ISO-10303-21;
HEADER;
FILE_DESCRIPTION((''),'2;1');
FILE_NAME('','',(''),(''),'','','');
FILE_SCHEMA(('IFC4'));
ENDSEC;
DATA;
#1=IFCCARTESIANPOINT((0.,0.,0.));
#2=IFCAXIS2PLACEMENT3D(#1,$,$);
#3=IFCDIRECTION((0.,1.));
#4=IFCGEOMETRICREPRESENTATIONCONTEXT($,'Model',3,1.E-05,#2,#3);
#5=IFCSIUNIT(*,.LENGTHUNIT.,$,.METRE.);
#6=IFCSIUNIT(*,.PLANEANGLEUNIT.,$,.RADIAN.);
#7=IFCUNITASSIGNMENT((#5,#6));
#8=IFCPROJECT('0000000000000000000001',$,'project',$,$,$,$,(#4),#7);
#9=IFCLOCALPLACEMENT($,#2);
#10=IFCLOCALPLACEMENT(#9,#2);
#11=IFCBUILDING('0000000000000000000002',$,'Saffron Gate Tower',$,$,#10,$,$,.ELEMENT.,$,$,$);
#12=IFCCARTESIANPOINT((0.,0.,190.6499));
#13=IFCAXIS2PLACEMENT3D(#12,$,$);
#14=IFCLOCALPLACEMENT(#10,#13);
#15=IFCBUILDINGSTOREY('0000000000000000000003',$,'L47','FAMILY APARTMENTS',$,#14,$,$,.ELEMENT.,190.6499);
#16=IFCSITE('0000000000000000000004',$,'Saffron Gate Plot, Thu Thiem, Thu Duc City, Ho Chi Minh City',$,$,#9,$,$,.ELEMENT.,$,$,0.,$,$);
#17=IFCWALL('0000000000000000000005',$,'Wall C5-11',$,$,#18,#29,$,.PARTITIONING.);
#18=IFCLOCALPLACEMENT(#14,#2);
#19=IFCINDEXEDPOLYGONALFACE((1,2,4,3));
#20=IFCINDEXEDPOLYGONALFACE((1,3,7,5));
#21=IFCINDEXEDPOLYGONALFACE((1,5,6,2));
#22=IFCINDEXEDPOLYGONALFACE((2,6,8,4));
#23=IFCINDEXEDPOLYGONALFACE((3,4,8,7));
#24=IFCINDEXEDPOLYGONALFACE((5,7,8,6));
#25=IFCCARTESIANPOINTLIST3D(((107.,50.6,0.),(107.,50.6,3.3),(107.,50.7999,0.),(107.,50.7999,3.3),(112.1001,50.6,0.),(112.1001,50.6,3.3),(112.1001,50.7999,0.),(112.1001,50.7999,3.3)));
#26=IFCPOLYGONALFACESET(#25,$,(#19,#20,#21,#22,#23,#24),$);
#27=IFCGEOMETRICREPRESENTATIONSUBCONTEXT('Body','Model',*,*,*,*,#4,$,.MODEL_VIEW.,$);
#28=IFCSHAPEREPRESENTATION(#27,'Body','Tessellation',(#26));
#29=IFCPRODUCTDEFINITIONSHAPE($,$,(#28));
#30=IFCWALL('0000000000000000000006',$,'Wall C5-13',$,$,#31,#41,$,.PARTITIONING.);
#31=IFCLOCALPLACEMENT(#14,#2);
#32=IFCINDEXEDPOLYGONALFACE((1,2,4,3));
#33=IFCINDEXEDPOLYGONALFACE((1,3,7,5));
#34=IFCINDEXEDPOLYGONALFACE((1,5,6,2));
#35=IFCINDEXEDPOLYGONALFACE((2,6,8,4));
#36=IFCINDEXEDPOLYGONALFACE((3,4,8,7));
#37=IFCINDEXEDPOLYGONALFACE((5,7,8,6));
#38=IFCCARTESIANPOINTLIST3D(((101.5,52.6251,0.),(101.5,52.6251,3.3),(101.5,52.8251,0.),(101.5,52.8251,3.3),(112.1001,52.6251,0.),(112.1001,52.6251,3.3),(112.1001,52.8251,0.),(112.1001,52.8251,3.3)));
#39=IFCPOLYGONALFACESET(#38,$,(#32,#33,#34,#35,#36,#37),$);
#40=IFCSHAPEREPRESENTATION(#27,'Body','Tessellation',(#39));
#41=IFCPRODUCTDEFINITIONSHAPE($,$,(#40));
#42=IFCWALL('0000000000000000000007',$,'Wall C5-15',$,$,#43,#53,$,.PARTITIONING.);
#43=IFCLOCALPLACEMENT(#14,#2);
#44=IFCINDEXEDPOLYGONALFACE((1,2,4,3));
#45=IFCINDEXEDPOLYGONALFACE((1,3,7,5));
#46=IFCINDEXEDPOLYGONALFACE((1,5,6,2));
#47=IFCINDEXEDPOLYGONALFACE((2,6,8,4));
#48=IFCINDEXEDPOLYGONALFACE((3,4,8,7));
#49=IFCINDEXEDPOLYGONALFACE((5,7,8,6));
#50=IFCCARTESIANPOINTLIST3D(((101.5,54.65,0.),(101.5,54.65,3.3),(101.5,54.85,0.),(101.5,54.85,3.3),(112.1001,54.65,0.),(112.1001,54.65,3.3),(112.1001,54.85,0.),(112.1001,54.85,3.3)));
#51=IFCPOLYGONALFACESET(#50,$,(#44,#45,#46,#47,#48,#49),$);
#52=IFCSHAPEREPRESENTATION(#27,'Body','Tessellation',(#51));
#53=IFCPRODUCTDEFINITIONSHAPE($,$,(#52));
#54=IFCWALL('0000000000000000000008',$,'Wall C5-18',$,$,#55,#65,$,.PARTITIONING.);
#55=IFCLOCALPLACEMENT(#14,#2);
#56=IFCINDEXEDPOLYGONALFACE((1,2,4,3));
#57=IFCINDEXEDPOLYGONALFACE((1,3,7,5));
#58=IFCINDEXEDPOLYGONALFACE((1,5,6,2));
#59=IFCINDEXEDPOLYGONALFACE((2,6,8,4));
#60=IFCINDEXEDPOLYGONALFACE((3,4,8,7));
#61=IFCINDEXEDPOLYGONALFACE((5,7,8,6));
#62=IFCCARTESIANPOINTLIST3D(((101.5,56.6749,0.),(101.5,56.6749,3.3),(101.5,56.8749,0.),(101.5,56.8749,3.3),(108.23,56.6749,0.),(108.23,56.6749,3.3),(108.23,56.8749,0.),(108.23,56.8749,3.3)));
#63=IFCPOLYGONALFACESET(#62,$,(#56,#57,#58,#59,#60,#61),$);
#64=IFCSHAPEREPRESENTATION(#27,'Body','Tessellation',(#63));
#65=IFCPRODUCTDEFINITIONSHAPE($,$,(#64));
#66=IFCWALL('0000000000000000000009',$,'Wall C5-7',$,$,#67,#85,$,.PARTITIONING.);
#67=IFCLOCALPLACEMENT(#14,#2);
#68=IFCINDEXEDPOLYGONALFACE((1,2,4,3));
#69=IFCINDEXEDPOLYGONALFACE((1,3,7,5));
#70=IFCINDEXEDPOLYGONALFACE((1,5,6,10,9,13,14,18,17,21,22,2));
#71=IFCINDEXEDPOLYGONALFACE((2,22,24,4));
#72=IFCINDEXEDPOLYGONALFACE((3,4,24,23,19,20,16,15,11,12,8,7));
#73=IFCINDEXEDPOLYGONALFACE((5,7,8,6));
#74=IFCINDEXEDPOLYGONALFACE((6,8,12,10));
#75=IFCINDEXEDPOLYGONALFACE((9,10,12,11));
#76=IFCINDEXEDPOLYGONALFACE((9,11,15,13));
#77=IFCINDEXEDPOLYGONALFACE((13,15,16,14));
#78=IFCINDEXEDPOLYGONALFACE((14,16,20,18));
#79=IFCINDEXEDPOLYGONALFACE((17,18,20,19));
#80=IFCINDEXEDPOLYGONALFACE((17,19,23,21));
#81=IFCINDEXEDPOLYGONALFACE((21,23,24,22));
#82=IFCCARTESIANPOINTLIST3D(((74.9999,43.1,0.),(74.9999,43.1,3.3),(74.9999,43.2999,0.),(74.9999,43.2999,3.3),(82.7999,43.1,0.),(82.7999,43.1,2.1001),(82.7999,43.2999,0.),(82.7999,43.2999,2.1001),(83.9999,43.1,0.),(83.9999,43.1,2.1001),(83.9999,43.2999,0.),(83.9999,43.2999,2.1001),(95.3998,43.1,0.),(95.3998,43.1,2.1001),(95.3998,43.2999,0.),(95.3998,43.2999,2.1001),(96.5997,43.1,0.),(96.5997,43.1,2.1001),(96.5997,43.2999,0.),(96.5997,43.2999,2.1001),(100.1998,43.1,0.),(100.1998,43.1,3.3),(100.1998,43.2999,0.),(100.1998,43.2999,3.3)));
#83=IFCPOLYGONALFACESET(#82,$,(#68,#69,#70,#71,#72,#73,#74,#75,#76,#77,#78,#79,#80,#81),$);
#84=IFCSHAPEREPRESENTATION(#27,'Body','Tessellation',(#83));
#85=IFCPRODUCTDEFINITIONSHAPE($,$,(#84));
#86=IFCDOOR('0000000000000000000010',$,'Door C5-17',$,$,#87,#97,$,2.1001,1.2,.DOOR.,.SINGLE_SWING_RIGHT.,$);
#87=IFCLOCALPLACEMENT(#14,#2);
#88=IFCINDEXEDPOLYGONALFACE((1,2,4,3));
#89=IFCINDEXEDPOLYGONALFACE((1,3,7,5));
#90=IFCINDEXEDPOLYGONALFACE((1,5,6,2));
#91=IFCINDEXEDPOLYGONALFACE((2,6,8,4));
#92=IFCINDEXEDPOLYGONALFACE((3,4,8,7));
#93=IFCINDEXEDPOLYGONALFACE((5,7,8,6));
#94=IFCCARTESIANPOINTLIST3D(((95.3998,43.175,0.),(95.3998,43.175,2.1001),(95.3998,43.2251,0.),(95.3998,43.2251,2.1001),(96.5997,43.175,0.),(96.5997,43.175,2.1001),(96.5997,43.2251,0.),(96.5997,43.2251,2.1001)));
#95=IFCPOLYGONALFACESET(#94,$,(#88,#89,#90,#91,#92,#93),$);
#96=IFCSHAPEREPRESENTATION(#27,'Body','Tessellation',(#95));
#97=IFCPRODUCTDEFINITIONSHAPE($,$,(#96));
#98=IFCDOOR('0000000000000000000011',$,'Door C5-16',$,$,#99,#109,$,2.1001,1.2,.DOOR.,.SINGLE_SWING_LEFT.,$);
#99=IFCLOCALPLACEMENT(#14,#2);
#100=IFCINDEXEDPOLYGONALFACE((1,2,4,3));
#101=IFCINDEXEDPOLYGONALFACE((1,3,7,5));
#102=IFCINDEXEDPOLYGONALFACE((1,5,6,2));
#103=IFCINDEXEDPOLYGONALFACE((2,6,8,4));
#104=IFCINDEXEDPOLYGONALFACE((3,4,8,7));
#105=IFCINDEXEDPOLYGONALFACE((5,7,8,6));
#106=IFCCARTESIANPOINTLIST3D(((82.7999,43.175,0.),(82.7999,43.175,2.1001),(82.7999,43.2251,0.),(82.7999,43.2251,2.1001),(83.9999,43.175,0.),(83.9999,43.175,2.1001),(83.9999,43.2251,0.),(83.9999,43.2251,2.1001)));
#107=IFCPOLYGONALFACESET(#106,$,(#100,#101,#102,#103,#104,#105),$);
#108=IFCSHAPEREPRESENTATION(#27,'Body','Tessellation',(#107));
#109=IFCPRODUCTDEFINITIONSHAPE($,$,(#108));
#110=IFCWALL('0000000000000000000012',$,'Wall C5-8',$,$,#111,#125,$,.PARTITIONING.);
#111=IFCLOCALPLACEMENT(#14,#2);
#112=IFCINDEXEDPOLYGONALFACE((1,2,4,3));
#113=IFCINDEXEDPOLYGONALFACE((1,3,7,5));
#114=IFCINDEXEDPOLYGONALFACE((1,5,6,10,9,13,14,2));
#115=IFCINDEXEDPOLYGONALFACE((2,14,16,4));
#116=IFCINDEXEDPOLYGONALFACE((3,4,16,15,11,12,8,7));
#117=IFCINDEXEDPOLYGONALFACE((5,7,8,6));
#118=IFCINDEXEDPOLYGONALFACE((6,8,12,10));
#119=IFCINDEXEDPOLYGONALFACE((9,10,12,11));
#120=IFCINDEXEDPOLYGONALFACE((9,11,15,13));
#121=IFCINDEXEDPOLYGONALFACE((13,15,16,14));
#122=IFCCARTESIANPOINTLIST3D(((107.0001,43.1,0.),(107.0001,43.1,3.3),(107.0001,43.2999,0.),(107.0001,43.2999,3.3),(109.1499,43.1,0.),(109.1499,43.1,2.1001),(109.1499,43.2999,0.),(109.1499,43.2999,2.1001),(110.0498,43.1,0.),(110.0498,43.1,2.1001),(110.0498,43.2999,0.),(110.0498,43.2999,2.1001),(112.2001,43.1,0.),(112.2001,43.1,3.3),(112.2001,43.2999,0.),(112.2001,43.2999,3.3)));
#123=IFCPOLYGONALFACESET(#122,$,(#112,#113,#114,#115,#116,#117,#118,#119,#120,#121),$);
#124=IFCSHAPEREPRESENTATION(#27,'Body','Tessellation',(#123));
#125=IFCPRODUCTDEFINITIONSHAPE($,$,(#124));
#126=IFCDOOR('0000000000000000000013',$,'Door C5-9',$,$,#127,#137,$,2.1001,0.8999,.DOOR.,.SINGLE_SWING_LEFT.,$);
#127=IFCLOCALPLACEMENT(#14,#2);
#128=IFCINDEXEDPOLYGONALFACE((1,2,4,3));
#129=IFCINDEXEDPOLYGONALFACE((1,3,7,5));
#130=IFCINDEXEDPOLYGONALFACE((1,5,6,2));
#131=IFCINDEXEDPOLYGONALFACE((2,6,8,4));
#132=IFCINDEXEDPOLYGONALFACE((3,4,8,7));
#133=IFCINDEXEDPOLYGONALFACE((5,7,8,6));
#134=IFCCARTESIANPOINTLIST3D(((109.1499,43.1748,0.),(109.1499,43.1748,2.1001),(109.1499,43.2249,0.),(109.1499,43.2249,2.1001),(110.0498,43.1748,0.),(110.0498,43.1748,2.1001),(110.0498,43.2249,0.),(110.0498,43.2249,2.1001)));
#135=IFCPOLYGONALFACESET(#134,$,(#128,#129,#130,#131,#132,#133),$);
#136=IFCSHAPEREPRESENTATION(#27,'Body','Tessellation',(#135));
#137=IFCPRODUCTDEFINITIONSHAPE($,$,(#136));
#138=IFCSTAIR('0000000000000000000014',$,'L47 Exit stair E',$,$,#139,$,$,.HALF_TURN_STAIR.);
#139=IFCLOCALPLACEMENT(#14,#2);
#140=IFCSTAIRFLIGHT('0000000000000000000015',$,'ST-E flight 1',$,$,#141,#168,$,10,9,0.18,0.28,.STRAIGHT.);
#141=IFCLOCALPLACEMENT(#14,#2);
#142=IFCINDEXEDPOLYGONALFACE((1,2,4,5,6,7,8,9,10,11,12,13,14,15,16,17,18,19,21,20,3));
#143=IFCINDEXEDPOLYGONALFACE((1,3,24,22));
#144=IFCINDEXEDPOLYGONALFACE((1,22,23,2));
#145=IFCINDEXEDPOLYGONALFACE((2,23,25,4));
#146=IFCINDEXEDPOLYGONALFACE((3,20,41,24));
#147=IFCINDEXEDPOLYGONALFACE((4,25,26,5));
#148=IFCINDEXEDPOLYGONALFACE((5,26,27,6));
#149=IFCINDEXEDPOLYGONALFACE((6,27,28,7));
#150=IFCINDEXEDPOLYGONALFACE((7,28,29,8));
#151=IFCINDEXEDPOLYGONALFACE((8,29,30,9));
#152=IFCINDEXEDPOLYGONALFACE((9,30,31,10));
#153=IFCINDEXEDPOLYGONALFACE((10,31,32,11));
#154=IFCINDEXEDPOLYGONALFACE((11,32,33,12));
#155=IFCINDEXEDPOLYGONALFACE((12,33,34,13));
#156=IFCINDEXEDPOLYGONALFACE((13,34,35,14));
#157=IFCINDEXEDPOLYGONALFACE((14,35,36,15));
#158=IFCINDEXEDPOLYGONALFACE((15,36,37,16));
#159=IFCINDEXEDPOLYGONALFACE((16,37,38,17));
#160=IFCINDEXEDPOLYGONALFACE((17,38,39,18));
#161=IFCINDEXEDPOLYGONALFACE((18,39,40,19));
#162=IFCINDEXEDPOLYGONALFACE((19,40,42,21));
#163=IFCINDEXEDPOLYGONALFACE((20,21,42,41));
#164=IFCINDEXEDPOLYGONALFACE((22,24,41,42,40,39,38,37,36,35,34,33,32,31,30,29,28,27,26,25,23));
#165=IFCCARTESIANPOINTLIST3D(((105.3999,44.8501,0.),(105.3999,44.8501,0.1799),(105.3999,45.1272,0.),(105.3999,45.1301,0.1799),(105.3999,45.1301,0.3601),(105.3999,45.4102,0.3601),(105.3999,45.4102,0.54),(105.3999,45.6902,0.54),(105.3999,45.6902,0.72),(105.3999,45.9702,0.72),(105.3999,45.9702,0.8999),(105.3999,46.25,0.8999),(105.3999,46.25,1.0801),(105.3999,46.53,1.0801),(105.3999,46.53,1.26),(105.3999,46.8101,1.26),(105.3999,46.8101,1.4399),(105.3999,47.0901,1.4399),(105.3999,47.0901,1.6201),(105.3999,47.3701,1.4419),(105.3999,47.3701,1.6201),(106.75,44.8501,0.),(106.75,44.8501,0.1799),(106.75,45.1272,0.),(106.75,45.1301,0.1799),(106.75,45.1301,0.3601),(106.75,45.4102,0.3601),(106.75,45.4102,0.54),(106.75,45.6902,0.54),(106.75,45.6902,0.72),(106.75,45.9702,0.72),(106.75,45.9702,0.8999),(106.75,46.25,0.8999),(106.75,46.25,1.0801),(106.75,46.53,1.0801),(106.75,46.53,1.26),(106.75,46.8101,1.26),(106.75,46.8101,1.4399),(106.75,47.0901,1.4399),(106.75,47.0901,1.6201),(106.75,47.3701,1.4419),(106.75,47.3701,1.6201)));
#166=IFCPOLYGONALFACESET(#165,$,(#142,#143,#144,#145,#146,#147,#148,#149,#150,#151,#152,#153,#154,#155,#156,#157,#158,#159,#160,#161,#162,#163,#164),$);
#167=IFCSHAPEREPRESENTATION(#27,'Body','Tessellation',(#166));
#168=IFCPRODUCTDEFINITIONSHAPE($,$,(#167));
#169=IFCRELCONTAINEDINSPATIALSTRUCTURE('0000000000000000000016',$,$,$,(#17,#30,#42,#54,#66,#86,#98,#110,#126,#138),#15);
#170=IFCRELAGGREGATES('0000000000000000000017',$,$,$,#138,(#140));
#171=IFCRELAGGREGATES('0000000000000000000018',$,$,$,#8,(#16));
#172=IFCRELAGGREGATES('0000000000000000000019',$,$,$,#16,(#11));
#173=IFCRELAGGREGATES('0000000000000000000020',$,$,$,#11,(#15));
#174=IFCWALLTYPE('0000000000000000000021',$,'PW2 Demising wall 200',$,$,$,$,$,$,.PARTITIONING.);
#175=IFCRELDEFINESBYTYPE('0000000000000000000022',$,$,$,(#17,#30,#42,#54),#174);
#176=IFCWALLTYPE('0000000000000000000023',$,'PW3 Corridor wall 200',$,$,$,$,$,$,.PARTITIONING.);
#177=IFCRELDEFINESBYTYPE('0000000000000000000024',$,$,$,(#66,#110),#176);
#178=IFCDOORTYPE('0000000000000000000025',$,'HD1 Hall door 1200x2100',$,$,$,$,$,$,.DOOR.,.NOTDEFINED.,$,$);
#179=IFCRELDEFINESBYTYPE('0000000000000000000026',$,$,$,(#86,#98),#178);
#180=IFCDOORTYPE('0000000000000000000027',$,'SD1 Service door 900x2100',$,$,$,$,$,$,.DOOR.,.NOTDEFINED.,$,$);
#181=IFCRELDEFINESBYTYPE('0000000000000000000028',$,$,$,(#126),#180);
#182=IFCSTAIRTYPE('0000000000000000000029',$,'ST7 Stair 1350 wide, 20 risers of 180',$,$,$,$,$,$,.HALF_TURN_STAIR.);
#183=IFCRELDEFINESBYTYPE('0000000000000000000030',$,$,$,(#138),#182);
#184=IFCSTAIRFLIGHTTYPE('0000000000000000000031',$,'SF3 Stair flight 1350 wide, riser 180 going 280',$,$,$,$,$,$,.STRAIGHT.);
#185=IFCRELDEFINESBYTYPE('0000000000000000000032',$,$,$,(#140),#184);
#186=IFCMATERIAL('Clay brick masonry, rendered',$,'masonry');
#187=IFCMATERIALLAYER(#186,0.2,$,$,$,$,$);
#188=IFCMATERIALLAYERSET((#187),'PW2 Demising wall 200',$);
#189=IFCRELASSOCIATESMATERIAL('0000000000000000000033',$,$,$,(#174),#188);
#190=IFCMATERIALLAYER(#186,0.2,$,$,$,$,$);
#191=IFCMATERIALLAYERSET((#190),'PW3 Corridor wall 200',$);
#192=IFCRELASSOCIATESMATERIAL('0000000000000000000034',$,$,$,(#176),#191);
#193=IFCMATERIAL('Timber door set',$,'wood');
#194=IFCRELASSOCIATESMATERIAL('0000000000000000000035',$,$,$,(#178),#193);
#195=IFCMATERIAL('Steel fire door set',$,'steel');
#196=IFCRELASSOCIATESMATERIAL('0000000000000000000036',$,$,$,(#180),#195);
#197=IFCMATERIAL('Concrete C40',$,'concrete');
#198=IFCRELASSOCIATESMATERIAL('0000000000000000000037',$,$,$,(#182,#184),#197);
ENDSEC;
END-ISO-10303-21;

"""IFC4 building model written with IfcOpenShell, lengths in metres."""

from ifc_helpers import new_model, si_unit, direction, frame, frame_2d, origin, place, context, subcontext, project, spatial, polyline, rectangle, outline, extrude, material, layer, layer_set, type_object, element, fill, aggregate, save


model = new_model("IFC4")

# Units and contexts
model_context = context("Model", 3, precision=1e-05, world=origin(), true_north=direction((0.0, 1.0)))
body_context = subcontext(model_context, "Body", "Model", "MODEL_VIEW")
ifc_project = project(units=[si_unit("LENGTHUNIT", "METRE"), si_unit("PLANEANGLEUNIT", "RADIAN")], contexts=[model_context])

# Site, building, storey
site_placement = place(None, origin())
site = spatial("IfcSite", under=ifc_project, at=site_placement, Name="Saffron Gate Plot, Thu Thiem, Thu Duc City, Ho Chi Minh City", CompositionType="ELEMENT", RefElevation=0.0)
building_placement = place(site_placement, origin())
building = spatial("IfcBuilding", under=site, at=building_placement, Name="Saffron Gate Tower", CompositionType="ELEMENT")
storey_placement = place(building_placement, frame((0.0, 0.0, 190.6499)))
storey = spatial("IfcBuildingStorey", under=building, at=storey_placement, Name="L47", Description="FAMILY APARTMENTS", CompositionType="ELEMENT", Elevation=190.6499)

# Shared definitions
ifc_material_1 = material(Name="Steel fire door set", Category="steel")

# Walls
ifc_material_2 = material(Name="Clay brick masonry, rendered", Category="masonry")
ifc_layer_1 = layer(ifc_material_2, 0.2)
ifc_layer_set_1 = layer_set([ifc_layer_1], Name="PW2 Demising wall 200")
wall_type_1 = type_object("IfcWallType", Name="PW2 Demising wall 200", PredefinedType="PARTITIONING", material=ifc_layer_set_1)
wall_1_placement = place(storey_placement, frame((107.0, 50.7, 0.0), z_axis=(0.0, 0.0, 1.0), x_axis=(1.0, 0.0, 0.0)))
element("IfcWall", 1, at=wall_1_placement, inside=storey, type_object=wall_type_1, Name="Wall C5-11", PredefinedType="PARTITIONING", context=body_context, shape_type="SweptSolid", body=[
    extrude(rectangle(XDim=5.1001, YDim=0.2, at=frame_2d((2.55, 0.0))), origin(), (0.0, 0.0, 1.0), 3.3),
])
for number, where, z_axis, x_axis, name in (
    (2, (101.5, 52.7251, 0.0), (0.0, 0.0, 1.0), (1.0, 0.0, 0.0), "Wall C5-13"),
    (3, (101.5, 54.75, 0.0), (0.0, 0.0, 1.0), (1.0, 0.0, 0.0), "Wall C5-15"),
):
    element("IfcWall", number, at=place(storey_placement, frame(where, z_axis=z_axis, x_axis=x_axis)), inside=storey, type_object=wall_type_1, Name=name, PredefinedType="PARTITIONING", context=body_context, shape_type="SweptSolid", body=[
        extrude(rectangle(XDim=10.6001, YDim=0.2, at=frame_2d((5.3, 0.0))), origin(), (0.0, 0.0, 1.0), 3.3),
    ])
wall_2_placement = place(storey_placement, frame((101.5, 56.7749, 0.0), z_axis=(0.0, 0.0, 1.0), x_axis=(1.0, 0.0, 0.0)))
element("IfcWall", 4, at=wall_2_placement, inside=storey, type_object=wall_type_1, Name="Wall C5-18", PredefinedType="PARTITIONING", context=body_context, shape_type="SweptSolid", body=[
    extrude(rectangle(XDim=6.73, YDim=0.2, at=frame_2d((3.365, 0.0))), origin(), (0.0, 0.0, 1.0), 3.3),
])

# Wall, openings, doors
ifc_layer_2 = layer(ifc_material_2, 0.2)
ifc_layer_set_2 = layer_set([ifc_layer_2], Name="PW3 Corridor wall 200")
wall_type_2 = type_object("IfcWallType", Name="PW3 Corridor wall 200", PredefinedType="PARTITIONING", material=ifc_layer_set_2)
wall_3_placement = place(storey_placement, frame((100.2, 43.2, 0.0), z_axis=(0.0, 0.0, 1.0), x_axis=(-1.0, 0.0, 0.0)))
wall_3 = element("IfcWall", 5, at=wall_3_placement, inside=storey, type_object=wall_type_2, Name="Wall C5-7", PredefinedType="PARTITIONING", context=body_context, shape_type="SweptSolid", body=[
    extrude(rectangle(XDim=25.2, YDim=0.2, at=frame_2d((12.6001, 0.0))), origin(), (0.0, 0.0, 1.0), 3.3),
])
opening_1_placement = place(wall_3_placement, frame((3.6001, 0.0, 0.0)))
opening_1 = element("IfcOpeningElement", 6, at=opening_1_placement, cuts=wall_3, PredefinedType="OPENING", context=body_context, shape_type="SweptSolid", body=[
    extrude(rectangle(XDim=1.2, YDim=2.1001, at=frame_2d((0.6001, 1.05))), frame((0.0, 0.1099, 0.0), z_axis=(0.0, -1.0, 0.0), x_axis=(1.0, 0.0, 0.0)), (0.0, 0.0, 1.0), 0.22),
])
opening_2_placement = place(wall_3_placement, frame((16.2, 0.0, 0.0)))
opening_2 = element("IfcOpeningElement", 7, at=opening_2_placement, cuts=wall_3, PredefinedType="OPENING", context=body_context, shape_type="SweptSolid", body=[
    extrude(rectangle(XDim=1.2, YDim=2.1001, at=frame_2d((0.6001, 1.05))), frame((0.0, 0.1099, 0.0), z_axis=(0.0, -1.0, 0.0), x_axis=(1.0, 0.0, 0.0)), (0.0, 0.0, 1.0), 0.22),
])
ifc_material_3 = material(Name="Timber door set", Category="wood")
door_type_1 = type_object("IfcDoorType", Name="HD1 Hall door 1200x2100", OperationType="NOTDEFINED", PredefinedType="DOOR", material=ifc_material_3)
door_1_placement = place(opening_1_placement, origin())
door_1 = element("IfcDoor", 8, at=door_1_placement, inside=storey, type_object=door_type_1, Name="Door C5-17", OperationType="SINGLE_SWING_RIGHT", OverallHeight=2.1001, OverallWidth=1.2, PredefinedType="DOOR", context=body_context, shape_type="SweptSolid", body=[
    extrude(rectangle(XDim=1.2, YDim=2.1001, at=frame_2d((0.6001, 1.05))), frame((0.0, 0.0249, 0.0), z_axis=(0.0, -1.0, 0.0), x_axis=(1.0, 0.0, 0.0)), (0.0, 0.0, 1.0), 0.05),
])
fill(opening_1, door_1)
door_2_placement = place(opening_2_placement, origin())
door_2 = element("IfcDoor", 9, at=door_2_placement, inside=storey, type_object=door_type_1, Name="Door C5-16", OperationType="SINGLE_SWING_LEFT", OverallHeight=2.1001, OverallWidth=1.2, PredefinedType="DOOR", context=body_context, shape_type="SweptSolid", body=[
    extrude(rectangle(XDim=1.2, YDim=2.1001, at=frame_2d((0.6001, 1.05))), frame((0.0, 0.0249, 0.0), z_axis=(0.0, -1.0, 0.0), x_axis=(1.0, 0.0, 0.0)), (0.0, 0.0, 1.0), 0.05),
])
fill(opening_2, door_2)

# Wall, opening, door
wall_4_placement = place(storey_placement, frame((107.0, 43.2, 0.0), z_axis=(0.0, 0.0, 1.0), x_axis=(1.0, 0.0, 0.0)))
wall_4 = element("IfcWall", 10, at=wall_4_placement, inside=storey, type_object=wall_type_2, Name="Wall C5-8", PredefinedType="PARTITIONING", context=body_context, shape_type="SweptSolid", body=[
    extrude(rectangle(XDim=5.2, YDim=0.2, at=frame_2d((2.6001, 0.0))), origin(), (0.0, 0.0, 1.0), 3.3),
])
opening_3_placement = place(wall_4_placement, frame((2.1499, 0.0, 0.0)))
opening_3 = element("IfcOpeningElement", 11, at=opening_3_placement, cuts=wall_4, PredefinedType="OPENING", context=body_context, shape_type="SweptSolid", body=[
    extrude(rectangle(XDim=0.8999, YDim=2.1001, at=frame_2d((0.45, 1.05))), frame((0.0, 0.1099, 0.0), z_axis=(0.0, -1.0, 0.0), x_axis=(1.0, 0.0, 0.0)), (0.0, 0.0, 1.0), 0.22),
])
door_type_2 = type_object("IfcDoorType", Name="SD1 Service door 900x2100", OperationType="NOTDEFINED", PredefinedType="DOOR", material=ifc_material_1)
door_3_placement = place(opening_3_placement, origin())
door_3 = element("IfcDoor", 12, at=door_3_placement, inside=storey, type_object=door_type_2, Name="Door C5-9", OperationType="SINGLE_SWING_LEFT", OverallHeight=2.1001, OverallWidth=0.8999, PredefinedType="DOOR", context=body_context, shape_type="SweptSolid", body=[
    extrude(rectangle(XDim=0.8999, YDim=2.1001, at=frame_2d((0.45, 1.05))), frame((0.0, 0.0249, 0.0), z_axis=(0.0, -1.0, 0.0), x_axis=(1.0, 0.0, 0.0)), (0.0, 0.0, 1.0), 0.05),
])
fill(opening_3, door_3)

# Stair, stair flight
ifc_material_4 = material(Name="Concrete C40", Category="concrete")
stair_type = type_object("IfcStairType", Name="ST7 Stair 1350 wide, 20 risers of 180", PredefinedType="HALF_TURN_STAIR", material=ifc_material_4)
stair_placement = place(storey_placement, origin())
stair = element("IfcStair", 13, at=stair_placement, inside=storey, type_object=stair_type, Name="L47 Exit stair E", PredefinedType="HALF_TURN_STAIR")
stair_flight_type = type_object("IfcStairFlightType", Name="SF3 Stair flight 1350 wide, riser 180 going 280", PredefinedType="STRAIGHT", material=ifc_material_4)
stair_flight_1_placement = place(storey_placement, frame((106.075, 44.8501, 0.0), z_axis=(0.0, 0.0, 1.0), x_axis=(0.0, 1.0, 0.0)))
stair_flight_1 = element("IfcStairFlight", 14, at=stair_flight_1_placement, type_object=stair_flight_type, Name="ST-E flight 1", NumberOfRisers=10, NumberOfTreads=9, PredefinedType="STRAIGHT", RiserHeight=0.18, TreadLength=0.28, context=body_context, shape_type="SweptSolid", body=[
    extrude(outline(polyline([(0.0, 0.0), (0.0, 0.1799), (0.28, 0.1799), (0.28, 0.3601), (0.5601, 0.3601), (0.5601, 0.54), (0.8401, 0.54), (0.8401, 0.72), (1.1201, 0.72), (1.1201, 0.8999), (1.3999, 0.8999), (1.3999, 1.0801), (1.6799, 1.0801), (1.6799, 1.26), (1.96, 1.26), (1.96, 1.4399), (2.24, 1.4399), (2.24, 1.6201), (2.52, 1.6201), (2.52, 1.8), (2.52, 1.4419), (0.2771, 0.0), (0.0, 0.0)])), frame((0.0, 0.675, 0.0), z_axis=(0.0, -1.0, 0.0), x_axis=(1.0, 0.0, 0.0)), (0.0, 0.0, 1.0), 1.3501),
])
aggregate(stair, [stair_flight_1])

save(model, "model.ifc")
